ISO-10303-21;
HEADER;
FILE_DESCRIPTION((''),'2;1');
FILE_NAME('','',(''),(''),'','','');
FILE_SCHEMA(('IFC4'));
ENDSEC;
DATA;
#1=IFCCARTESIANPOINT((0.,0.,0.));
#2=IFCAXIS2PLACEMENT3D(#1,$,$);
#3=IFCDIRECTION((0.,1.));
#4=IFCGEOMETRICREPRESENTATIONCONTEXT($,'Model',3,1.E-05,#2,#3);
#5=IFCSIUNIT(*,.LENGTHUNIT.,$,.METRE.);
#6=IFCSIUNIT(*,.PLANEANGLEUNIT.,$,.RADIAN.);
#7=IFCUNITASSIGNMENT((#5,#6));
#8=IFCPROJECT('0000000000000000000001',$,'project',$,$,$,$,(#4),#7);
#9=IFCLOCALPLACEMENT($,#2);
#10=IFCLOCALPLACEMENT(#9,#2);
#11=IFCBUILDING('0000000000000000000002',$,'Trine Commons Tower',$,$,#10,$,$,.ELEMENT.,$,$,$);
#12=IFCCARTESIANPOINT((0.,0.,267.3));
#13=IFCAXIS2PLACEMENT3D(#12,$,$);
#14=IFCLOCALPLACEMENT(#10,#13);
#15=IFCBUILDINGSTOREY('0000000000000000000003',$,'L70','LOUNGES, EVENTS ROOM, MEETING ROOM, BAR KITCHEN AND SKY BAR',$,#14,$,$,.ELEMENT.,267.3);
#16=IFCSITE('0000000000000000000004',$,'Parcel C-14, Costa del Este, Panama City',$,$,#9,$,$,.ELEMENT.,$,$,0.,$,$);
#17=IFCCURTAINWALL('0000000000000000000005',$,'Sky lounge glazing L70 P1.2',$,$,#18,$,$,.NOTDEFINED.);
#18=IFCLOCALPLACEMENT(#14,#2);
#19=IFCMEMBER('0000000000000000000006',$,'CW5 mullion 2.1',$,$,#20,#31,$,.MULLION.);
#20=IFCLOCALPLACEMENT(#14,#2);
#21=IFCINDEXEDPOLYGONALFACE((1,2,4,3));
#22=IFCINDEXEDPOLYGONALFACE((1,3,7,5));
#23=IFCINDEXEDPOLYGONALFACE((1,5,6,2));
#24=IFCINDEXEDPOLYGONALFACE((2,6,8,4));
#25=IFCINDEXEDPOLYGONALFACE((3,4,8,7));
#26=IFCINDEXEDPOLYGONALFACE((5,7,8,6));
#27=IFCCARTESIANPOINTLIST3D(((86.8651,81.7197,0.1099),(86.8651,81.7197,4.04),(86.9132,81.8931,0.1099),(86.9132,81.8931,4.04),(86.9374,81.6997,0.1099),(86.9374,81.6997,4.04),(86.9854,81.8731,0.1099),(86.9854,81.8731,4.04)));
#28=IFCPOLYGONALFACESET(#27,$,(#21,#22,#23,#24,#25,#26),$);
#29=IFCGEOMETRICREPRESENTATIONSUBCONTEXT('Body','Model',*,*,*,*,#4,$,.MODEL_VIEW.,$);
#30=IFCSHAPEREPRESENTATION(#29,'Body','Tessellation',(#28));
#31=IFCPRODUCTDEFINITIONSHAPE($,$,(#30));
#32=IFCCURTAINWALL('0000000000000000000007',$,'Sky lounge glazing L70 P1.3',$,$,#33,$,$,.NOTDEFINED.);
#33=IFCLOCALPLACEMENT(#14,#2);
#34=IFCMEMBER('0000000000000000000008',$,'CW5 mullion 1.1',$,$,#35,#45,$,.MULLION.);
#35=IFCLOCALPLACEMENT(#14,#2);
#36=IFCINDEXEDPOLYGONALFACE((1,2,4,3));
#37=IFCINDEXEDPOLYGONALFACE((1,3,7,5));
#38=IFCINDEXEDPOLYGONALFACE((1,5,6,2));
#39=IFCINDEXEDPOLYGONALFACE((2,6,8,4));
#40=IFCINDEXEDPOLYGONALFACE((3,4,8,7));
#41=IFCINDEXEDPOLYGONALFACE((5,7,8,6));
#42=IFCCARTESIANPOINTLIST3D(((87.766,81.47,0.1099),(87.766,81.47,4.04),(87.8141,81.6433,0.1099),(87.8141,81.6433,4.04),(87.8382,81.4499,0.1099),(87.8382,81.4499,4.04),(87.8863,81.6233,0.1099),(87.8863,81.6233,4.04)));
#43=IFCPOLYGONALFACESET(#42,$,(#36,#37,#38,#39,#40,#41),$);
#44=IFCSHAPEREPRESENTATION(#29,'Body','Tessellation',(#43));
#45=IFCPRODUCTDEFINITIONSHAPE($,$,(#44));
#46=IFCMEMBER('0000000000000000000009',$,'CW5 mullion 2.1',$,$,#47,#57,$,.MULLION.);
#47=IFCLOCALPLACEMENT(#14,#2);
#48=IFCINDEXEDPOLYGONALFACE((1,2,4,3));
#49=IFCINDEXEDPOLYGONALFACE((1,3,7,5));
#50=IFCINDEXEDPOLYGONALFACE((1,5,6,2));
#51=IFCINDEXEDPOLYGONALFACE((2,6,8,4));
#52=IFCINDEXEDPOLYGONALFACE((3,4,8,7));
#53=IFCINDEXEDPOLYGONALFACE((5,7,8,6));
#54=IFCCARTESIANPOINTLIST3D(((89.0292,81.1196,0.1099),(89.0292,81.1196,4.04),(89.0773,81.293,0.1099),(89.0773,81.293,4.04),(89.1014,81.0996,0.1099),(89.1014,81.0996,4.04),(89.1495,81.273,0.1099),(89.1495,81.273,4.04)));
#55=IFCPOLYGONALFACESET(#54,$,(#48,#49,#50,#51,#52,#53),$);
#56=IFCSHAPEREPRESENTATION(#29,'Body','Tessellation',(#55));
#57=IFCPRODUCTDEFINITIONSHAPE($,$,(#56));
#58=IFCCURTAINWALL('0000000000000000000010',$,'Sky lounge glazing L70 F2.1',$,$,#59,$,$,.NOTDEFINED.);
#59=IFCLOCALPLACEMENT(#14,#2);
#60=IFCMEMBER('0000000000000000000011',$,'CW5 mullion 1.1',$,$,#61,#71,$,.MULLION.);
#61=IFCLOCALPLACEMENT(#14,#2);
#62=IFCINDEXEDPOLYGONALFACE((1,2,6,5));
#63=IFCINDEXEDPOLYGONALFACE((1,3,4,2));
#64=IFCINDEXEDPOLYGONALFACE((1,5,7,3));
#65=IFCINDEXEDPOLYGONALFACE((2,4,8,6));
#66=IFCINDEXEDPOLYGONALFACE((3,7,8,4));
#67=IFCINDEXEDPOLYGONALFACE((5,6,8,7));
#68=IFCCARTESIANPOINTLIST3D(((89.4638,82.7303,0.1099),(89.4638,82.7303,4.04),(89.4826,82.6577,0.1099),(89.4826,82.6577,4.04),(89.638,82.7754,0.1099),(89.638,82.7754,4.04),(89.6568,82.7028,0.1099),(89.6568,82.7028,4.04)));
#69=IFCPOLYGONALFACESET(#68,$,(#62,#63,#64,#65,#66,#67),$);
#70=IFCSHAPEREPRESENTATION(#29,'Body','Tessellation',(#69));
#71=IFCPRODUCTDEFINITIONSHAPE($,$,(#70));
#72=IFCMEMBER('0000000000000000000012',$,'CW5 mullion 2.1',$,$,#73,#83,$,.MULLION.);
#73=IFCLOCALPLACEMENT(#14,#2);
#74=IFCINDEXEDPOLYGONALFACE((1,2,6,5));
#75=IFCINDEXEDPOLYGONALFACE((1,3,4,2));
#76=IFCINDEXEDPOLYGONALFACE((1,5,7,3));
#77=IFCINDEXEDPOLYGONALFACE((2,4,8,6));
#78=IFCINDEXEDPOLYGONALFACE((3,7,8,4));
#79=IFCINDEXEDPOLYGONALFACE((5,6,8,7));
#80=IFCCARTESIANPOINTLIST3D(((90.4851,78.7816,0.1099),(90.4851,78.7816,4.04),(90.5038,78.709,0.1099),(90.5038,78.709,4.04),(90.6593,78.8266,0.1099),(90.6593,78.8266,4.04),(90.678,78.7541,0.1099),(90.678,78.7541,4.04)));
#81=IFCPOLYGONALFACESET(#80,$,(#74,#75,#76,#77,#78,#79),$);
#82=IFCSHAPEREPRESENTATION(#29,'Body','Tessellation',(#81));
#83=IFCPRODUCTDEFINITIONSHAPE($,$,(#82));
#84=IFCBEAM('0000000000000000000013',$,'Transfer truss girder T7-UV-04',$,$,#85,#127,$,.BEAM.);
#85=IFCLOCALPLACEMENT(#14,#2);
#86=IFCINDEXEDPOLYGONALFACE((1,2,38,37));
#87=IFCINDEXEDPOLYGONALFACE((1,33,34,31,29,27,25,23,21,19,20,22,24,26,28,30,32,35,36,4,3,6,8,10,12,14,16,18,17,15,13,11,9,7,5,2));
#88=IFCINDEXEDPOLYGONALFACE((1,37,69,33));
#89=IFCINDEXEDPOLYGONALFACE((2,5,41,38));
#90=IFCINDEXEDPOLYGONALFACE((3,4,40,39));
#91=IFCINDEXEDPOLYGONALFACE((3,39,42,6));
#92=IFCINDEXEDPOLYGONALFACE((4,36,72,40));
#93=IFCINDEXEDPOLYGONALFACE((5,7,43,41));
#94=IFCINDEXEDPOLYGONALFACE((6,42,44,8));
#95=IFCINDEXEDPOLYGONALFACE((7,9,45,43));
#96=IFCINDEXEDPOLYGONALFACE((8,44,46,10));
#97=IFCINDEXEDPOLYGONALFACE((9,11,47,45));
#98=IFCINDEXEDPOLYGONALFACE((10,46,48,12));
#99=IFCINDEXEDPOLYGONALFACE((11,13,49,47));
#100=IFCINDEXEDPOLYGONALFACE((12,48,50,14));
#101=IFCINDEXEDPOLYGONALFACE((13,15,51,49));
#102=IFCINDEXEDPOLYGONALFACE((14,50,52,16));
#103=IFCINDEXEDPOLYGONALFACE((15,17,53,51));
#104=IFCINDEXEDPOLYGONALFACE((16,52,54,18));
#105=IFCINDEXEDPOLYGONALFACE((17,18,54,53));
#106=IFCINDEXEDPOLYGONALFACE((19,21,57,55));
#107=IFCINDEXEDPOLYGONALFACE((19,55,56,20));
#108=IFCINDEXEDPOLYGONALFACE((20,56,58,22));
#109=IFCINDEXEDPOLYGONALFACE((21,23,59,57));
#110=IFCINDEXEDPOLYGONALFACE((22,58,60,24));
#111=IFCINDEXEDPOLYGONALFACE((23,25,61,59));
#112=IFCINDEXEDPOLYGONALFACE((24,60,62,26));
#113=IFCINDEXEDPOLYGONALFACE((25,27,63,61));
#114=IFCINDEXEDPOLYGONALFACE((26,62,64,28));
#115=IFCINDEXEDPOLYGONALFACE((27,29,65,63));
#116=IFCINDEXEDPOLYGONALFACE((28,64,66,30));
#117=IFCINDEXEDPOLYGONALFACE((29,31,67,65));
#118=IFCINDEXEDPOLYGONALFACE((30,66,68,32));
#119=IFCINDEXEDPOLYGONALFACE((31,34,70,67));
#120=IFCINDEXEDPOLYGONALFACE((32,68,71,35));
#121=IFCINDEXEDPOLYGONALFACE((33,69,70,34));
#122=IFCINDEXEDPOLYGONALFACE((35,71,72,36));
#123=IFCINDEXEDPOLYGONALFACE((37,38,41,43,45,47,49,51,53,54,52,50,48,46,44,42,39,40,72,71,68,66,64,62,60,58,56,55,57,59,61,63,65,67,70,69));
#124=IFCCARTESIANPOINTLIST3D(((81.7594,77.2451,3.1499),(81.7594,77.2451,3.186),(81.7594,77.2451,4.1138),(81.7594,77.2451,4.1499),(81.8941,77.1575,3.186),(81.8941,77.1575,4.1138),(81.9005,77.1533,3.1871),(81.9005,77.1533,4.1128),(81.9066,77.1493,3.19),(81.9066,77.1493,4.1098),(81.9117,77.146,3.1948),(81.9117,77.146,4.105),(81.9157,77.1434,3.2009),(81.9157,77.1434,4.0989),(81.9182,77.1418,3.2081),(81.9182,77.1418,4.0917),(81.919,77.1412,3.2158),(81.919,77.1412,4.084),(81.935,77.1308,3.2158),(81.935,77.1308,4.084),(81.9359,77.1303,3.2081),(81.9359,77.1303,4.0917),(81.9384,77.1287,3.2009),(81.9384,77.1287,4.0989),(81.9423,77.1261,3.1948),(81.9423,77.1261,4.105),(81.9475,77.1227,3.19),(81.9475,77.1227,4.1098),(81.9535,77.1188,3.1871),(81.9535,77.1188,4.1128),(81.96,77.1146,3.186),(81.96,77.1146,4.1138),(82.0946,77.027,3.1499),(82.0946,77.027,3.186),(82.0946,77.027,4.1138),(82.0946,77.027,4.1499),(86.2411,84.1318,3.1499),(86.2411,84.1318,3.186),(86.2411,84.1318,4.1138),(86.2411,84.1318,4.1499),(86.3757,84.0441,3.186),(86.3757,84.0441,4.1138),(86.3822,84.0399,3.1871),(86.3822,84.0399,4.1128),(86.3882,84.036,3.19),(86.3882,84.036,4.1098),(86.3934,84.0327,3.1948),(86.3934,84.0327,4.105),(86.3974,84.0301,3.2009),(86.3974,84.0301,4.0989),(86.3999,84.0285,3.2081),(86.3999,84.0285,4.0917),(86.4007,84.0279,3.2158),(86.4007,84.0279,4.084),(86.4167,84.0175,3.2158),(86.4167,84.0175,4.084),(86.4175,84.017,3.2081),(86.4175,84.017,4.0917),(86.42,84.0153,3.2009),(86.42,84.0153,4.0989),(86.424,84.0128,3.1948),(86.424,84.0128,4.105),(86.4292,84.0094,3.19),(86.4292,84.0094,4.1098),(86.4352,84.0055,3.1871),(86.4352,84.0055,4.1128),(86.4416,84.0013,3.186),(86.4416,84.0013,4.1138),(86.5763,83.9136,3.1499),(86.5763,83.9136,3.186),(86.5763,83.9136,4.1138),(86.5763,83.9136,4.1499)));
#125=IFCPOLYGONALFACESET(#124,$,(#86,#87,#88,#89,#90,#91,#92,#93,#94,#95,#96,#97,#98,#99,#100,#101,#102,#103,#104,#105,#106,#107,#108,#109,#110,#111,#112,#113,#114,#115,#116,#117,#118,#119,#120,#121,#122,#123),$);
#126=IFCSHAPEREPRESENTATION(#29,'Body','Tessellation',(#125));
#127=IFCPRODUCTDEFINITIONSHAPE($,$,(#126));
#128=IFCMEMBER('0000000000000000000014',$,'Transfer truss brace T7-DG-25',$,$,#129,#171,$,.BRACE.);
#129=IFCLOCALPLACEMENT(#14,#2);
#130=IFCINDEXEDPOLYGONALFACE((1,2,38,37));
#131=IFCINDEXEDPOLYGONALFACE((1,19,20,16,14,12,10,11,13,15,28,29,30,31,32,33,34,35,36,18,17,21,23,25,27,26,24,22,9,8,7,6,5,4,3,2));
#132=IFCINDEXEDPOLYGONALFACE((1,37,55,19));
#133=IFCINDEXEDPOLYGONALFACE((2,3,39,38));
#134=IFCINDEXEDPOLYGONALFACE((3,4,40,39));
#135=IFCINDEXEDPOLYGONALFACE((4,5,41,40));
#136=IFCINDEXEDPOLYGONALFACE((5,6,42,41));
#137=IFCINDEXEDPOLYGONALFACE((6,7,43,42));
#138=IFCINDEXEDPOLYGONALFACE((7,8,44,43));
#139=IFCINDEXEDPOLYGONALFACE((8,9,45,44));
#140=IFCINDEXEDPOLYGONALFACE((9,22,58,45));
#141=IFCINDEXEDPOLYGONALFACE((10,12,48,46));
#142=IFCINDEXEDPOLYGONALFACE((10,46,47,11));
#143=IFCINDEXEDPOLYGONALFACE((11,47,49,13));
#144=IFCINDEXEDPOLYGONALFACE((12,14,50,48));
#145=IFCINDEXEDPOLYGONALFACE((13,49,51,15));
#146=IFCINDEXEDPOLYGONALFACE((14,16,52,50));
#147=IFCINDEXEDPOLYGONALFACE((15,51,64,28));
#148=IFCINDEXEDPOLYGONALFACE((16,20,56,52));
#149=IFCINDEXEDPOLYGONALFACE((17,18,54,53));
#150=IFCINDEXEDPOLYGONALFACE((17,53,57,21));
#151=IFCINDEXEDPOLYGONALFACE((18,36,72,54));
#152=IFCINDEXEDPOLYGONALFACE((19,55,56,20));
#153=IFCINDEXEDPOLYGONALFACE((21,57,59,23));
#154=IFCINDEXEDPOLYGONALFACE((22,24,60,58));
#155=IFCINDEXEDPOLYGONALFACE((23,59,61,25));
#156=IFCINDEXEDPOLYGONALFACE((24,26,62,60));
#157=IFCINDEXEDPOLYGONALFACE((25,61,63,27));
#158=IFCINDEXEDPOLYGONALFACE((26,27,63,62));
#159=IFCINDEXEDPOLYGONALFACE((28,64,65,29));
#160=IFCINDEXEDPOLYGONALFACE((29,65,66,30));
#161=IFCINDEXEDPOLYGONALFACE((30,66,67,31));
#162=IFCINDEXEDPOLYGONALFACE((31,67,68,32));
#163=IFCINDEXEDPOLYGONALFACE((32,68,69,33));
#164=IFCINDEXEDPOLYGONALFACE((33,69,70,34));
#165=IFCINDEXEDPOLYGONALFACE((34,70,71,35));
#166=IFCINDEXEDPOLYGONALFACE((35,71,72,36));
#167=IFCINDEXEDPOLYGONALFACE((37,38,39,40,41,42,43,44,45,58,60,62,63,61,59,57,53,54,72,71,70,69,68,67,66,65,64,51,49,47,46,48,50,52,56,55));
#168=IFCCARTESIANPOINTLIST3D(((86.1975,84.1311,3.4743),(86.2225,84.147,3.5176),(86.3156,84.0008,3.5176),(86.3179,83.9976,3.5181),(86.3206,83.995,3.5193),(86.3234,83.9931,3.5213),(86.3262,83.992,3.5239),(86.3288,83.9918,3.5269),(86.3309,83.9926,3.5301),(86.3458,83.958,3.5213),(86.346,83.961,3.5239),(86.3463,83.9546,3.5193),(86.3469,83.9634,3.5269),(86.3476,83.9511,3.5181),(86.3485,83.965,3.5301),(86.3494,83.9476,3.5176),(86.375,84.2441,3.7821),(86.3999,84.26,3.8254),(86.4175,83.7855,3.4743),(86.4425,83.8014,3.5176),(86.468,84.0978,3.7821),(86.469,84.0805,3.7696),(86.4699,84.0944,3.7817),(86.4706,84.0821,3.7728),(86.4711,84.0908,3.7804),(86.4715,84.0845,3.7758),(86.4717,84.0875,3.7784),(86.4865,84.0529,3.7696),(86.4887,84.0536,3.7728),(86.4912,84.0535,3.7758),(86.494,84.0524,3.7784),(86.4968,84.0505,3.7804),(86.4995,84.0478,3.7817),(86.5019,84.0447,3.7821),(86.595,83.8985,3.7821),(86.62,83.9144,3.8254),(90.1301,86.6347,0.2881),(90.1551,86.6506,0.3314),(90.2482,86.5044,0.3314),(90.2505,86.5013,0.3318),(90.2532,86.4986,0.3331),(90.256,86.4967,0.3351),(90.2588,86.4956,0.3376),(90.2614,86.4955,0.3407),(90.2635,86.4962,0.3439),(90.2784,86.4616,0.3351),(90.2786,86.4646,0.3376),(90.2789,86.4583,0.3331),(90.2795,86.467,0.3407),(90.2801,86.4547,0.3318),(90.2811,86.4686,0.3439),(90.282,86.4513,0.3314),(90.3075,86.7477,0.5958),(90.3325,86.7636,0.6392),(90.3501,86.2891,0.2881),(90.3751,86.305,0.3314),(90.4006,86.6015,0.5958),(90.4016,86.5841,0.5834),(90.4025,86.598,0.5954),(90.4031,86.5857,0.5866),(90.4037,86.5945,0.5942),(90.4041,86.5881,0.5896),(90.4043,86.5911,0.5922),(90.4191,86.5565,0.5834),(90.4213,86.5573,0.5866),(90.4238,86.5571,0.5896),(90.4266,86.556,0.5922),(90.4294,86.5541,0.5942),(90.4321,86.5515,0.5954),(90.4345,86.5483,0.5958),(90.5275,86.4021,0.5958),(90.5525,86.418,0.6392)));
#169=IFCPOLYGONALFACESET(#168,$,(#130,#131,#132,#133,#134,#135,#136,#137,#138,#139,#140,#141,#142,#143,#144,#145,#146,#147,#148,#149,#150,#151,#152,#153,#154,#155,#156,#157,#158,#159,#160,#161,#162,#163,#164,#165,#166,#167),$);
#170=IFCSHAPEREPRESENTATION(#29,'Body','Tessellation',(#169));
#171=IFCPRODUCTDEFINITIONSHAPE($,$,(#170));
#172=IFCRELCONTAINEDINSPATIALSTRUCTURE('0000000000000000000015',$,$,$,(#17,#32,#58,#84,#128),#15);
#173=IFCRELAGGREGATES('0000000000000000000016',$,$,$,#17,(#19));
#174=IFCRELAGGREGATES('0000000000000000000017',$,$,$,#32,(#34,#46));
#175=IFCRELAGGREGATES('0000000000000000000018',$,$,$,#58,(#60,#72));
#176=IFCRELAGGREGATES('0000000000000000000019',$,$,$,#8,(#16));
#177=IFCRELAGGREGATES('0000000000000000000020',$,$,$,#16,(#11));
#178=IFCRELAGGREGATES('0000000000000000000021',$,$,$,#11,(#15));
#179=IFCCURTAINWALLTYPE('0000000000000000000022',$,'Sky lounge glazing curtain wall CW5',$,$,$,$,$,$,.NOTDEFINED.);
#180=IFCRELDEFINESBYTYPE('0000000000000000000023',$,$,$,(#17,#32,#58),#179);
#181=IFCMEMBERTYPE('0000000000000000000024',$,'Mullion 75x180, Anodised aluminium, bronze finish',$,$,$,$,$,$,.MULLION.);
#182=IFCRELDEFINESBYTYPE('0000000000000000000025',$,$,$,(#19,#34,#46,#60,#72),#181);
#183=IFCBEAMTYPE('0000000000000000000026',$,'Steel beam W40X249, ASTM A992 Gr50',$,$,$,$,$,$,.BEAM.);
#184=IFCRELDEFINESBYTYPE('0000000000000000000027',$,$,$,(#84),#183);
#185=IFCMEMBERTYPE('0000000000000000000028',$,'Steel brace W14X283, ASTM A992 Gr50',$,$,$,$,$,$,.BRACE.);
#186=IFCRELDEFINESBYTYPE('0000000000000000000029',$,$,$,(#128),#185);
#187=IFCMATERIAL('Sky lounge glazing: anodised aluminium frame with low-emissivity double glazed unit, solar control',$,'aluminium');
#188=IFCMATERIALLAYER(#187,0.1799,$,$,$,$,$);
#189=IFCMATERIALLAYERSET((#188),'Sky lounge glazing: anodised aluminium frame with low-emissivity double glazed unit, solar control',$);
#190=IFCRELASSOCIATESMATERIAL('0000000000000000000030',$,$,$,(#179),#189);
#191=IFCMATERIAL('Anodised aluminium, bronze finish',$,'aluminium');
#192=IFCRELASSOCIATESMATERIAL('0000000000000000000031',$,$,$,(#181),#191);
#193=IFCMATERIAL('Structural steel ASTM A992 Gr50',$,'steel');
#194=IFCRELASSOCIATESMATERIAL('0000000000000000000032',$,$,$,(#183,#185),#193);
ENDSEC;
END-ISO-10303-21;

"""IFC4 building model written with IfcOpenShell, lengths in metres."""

from ifc_helpers import new_model, si_unit, direction, frame, origin, origin_2d, place, context, subcontext, project, spatial, rectangle, i_section, extrude, material, layer, layer_set, material_profile, profile_set, type_object, element, aggregate, save


model = new_model("IFC4")

# Units and contexts
model_context = context("Model", 3, precision=1e-05, world=origin(), true_north=direction((0.0, 1.0)))
body_context = subcontext(model_context, "Body", "Model", "MODEL_VIEW")
ifc_project = project(units=[si_unit("LENGTHUNIT", "METRE"), si_unit("PLANEANGLEUNIT", "RADIAN")], contexts=[model_context])

# Site, building, storey
site_placement = place(None, origin())
site = spatial("IfcSite", under=ifc_project, at=site_placement, Name="Parcel C-14, Costa del Este, Panama City", CompositionType="ELEMENT", RefElevation=0.0)
building_placement = place(site_placement, origin())
building = spatial("IfcBuilding", under=site, at=building_placement, Name="Trine Commons Tower", CompositionType="ELEMENT")
storey_placement = place(building_placement, frame((0.0, 0.0, 267.3)))
storey = spatial("IfcBuildingStorey", under=building, at=storey_placement, Name="L70", Description="LOUNGES, EVENTS ROOM, MEETING ROOM, BAR KITCHEN AND SKY BAR", CompositionType="ELEMENT", Elevation=267.3)

# Curtain wall, member
ifc_material_1 = material(Name="Sky lounge glazing: anodised aluminium frame with low-emissivity double glazed unit, solar control", Category="aluminium")
ifc_layer_1 = layer(ifc_material_1, 0.1799)
ifc_layer_set_1 = layer_set([ifc_layer_1], Name="Sky lounge glazing: anodised aluminium frame with low-emissivity double glazed unit, solar control")
curtain_wall_type = type_object("IfcCurtainWallType", Name="Sky lounge glazing curtain wall CW5", PredefinedType="NOTDEFINED", material=ifc_layer_set_1)
curtain_wall_1_placement = place(storey_placement, origin())
curtain_wall_1 = element("IfcCurtainWall", 1, at=curtain_wall_1_placement, inside=storey, type_object=curtain_wall_type, Name="Sky lounge glazing L70 P1.2", PredefinedType="NOTDEFINED")
ifc_material_2 = material(Name="Anodised aluminium, bronze finish", Category="aluminium")
ifc_material_profile_1 = material_profile(ifc_material_2, rectangle(XDim=0.1799, YDim=0.075, at=origin_2d()), Name="Mullion 75x180")
ifc_profile_set_1 = profile_set([ifc_material_profile_1], Name="Anodised aluminium, bronze finish")
member_type_1 = type_object("IfcMemberType", Name="Mullion 75x180, Anodised aluminium, bronze finish", PredefinedType="MULLION", material=ifc_profile_set_1)
member_1_placement = place(storey_placement, frame((86.9253, 81.7964, 0.1099), z_axis=(0.0, 0.0, 1.0), x_axis=(0.267238, 0.96363, 0.0)))
member_1 = element("IfcMember", 2, at=member_1_placement, type_object=member_type_1, Name="CW5 mullion 2.1", PredefinedType="MULLION", context=body_context, shape_type="SweptSolid", body=[
    extrude(rectangle(XDim=0.1799, YDim=0.075, at=origin_2d()), origin(), (0.0, 0.0, 1.0), 3.9302),
])

# Curtain walls, members
curtain_wall_2_placement = place(storey_placement, origin())
curtain_wall_2 = element("IfcCurtainWall", 3, at=curtain_wall_2_placement, inside=storey, type_object=curtain_wall_type, Name="Sky lounge glazing L70 P1.3", PredefinedType="NOTDEFINED")
member_2_placement = place(storey_placement, frame((87.8262, 81.5466, 0.1099), z_axis=(0.0, 0.0, 1.0), x_axis=(0.267238, 0.96363, 0.0)))
member_2 = element("IfcMember", 4, at=member_2_placement, type_object=member_type_1, Name="CW5 mullion 1.1", PredefinedType="MULLION", context=body_context, shape_type="SweptSolid", body=[
    extrude(rectangle(XDim=0.1799, YDim=0.075, at=origin_2d()), origin(), (0.0, 0.0, 1.0), 3.9302),
])
member_3_placement = place(storey_placement, frame((89.0894, 81.1963, 0.1099), z_axis=(0.0, 0.0, 1.0), x_axis=(0.267238, 0.96363, 0.0)))
member_3 = element("IfcMember", 5, at=member_3_placement, type_object=member_type_1, Name="CW5 mullion 2.1", PredefinedType="MULLION", context=body_context, shape_type="SweptSolid", body=[
    extrude(rectangle(XDim=0.1799, YDim=0.075, at=origin_2d()), origin(), (0.0, 0.0, 1.0), 3.9302),
])
curtain_wall_3_placement = place(storey_placement, origin())
curtain_wall_3 = element("IfcCurtainWall", 6, at=curtain_wall_3_placement, inside=storey, type_object=curtain_wall_type, Name="Sky lounge glazing L70 F2.1", PredefinedType="NOTDEFINED")
member_4_placement = place(storey_placement, frame((89.5603, 82.7166, 0.1099), z_axis=(0.0, 0.0, 1.0), x_axis=(0.968148, 0.25038, 0.0)))
member_4 = element("IfcMember", 7, at=member_4_placement, type_object=member_type_1, Name="CW5 mullion 1.1", PredefinedType="MULLION", context=body_context, shape_type="SweptSolid", body=[
    extrude(rectangle(XDim=0.1799, YDim=0.075, at=origin_2d()), origin(), (0.0, 0.0, 1.0), 3.9302),
])
member_5_placement = place(storey_placement, frame((90.5815, 78.7678, 0.1099), z_axis=(0.0, 0.0, 1.0), x_axis=(0.968148, 0.25038, 0.0)))
member_5 = element("IfcMember", 8, at=member_5_placement, type_object=member_type_1, Name="CW5 mullion 2.1", PredefinedType="MULLION", context=body_context, shape_type="SweptSolid", body=[
    extrude(rectangle(XDim=0.1799, YDim=0.075, at=origin_2d()), origin(), (0.0, 0.0, 1.0), 3.9302),
])

# Beam
ifc_material_3 = material(Name="Structural steel ASTM A992 Gr50", Category="steel")
ifc_material_profile_2 = material_profile(ifc_material_3, i_section(OverallWidth=0.3999, OverallDepth=1.0, WebThickness=0.019, FlangeThickness=0.0361, FilletRadius=0.0298, at=origin_2d()), Name="W40X249")
ifc_profile_set_2 = profile_set([ifc_material_profile_2], Name="Structural steel ASTM A992 Gr50")
beam_type = type_object("IfcBeamType", Name="Steel beam W40X249, ASTM A992 Gr50", PredefinedType="BEAM", material=ifc_profile_set_2)
beam_placement = place(storey_placement, frame((86.4087, 84.0227, 3.6499), z_axis=(-0.545444, -0.838148, 0.0), x_axis=(0.838148, -0.545444, 0.0)))
element("IfcBeam", 9, at=beam_placement, inside=storey, type_object=beam_type, Name="Transfer truss girder T7-UV-04", PredefinedType="BEAM", context=body_context, shape_type="SweptSolid", body=[
    extrude(i_section(OverallWidth=0.3999, OverallDepth=1.0, WebThickness=0.019, FlangeThickness=0.0361, FilletRadius=0.0298, at=origin_2d()), origin(), (0.0, 0.0, 1.0), 8.2166),
])

# Member
ifc_material_profile_3 = material_profile(ifc_material_3, i_section(OverallWidth=0.4097, OverallDepth=0.4253, WebThickness=0.0327, FlangeThickness=0.0525, FilletRadius=0.0151, at=origin_2d()), Name="W14X283")
ifc_profile_set_3 = profile_set([ifc_material_profile_3], Name="Structural steel ASTM A992 Gr50")
member_type_2 = type_object("IfcMemberType", Name="Steel brace W14X283, ASTM A992 Gr50", PredefinedType="BRACE", material=ifc_profile_set_3)
member_6_placement = place(storey_placement, frame((90.3413, 86.5264, 0.4636), z_axis=(-0.696435, -0.443378, 0.564264), x_axis=(0.537042, -0.843556, 0.0)))
element("IfcMember", 10, at=member_6_placement, inside=storey, type_object=member_type_2, Name="Transfer truss brace T7-DG-25", PredefinedType="BRACE", context=body_context, shape_type="SweptSolid", body=[
    extrude(i_section(OverallWidth=0.4097, OverallDepth=0.4253, WebThickness=0.0327, FlangeThickness=0.0525, FilletRadius=0.0151, at=origin_2d()), origin(), (0.0, 0.0, 1.0), 5.6467),
])

aggregate(curtain_wall_1, [member_1])
aggregate(curtain_wall_2, [member_2, member_3])
aggregate(curtain_wall_3, [member_4, member_5])

save(model, "model.ifc")
